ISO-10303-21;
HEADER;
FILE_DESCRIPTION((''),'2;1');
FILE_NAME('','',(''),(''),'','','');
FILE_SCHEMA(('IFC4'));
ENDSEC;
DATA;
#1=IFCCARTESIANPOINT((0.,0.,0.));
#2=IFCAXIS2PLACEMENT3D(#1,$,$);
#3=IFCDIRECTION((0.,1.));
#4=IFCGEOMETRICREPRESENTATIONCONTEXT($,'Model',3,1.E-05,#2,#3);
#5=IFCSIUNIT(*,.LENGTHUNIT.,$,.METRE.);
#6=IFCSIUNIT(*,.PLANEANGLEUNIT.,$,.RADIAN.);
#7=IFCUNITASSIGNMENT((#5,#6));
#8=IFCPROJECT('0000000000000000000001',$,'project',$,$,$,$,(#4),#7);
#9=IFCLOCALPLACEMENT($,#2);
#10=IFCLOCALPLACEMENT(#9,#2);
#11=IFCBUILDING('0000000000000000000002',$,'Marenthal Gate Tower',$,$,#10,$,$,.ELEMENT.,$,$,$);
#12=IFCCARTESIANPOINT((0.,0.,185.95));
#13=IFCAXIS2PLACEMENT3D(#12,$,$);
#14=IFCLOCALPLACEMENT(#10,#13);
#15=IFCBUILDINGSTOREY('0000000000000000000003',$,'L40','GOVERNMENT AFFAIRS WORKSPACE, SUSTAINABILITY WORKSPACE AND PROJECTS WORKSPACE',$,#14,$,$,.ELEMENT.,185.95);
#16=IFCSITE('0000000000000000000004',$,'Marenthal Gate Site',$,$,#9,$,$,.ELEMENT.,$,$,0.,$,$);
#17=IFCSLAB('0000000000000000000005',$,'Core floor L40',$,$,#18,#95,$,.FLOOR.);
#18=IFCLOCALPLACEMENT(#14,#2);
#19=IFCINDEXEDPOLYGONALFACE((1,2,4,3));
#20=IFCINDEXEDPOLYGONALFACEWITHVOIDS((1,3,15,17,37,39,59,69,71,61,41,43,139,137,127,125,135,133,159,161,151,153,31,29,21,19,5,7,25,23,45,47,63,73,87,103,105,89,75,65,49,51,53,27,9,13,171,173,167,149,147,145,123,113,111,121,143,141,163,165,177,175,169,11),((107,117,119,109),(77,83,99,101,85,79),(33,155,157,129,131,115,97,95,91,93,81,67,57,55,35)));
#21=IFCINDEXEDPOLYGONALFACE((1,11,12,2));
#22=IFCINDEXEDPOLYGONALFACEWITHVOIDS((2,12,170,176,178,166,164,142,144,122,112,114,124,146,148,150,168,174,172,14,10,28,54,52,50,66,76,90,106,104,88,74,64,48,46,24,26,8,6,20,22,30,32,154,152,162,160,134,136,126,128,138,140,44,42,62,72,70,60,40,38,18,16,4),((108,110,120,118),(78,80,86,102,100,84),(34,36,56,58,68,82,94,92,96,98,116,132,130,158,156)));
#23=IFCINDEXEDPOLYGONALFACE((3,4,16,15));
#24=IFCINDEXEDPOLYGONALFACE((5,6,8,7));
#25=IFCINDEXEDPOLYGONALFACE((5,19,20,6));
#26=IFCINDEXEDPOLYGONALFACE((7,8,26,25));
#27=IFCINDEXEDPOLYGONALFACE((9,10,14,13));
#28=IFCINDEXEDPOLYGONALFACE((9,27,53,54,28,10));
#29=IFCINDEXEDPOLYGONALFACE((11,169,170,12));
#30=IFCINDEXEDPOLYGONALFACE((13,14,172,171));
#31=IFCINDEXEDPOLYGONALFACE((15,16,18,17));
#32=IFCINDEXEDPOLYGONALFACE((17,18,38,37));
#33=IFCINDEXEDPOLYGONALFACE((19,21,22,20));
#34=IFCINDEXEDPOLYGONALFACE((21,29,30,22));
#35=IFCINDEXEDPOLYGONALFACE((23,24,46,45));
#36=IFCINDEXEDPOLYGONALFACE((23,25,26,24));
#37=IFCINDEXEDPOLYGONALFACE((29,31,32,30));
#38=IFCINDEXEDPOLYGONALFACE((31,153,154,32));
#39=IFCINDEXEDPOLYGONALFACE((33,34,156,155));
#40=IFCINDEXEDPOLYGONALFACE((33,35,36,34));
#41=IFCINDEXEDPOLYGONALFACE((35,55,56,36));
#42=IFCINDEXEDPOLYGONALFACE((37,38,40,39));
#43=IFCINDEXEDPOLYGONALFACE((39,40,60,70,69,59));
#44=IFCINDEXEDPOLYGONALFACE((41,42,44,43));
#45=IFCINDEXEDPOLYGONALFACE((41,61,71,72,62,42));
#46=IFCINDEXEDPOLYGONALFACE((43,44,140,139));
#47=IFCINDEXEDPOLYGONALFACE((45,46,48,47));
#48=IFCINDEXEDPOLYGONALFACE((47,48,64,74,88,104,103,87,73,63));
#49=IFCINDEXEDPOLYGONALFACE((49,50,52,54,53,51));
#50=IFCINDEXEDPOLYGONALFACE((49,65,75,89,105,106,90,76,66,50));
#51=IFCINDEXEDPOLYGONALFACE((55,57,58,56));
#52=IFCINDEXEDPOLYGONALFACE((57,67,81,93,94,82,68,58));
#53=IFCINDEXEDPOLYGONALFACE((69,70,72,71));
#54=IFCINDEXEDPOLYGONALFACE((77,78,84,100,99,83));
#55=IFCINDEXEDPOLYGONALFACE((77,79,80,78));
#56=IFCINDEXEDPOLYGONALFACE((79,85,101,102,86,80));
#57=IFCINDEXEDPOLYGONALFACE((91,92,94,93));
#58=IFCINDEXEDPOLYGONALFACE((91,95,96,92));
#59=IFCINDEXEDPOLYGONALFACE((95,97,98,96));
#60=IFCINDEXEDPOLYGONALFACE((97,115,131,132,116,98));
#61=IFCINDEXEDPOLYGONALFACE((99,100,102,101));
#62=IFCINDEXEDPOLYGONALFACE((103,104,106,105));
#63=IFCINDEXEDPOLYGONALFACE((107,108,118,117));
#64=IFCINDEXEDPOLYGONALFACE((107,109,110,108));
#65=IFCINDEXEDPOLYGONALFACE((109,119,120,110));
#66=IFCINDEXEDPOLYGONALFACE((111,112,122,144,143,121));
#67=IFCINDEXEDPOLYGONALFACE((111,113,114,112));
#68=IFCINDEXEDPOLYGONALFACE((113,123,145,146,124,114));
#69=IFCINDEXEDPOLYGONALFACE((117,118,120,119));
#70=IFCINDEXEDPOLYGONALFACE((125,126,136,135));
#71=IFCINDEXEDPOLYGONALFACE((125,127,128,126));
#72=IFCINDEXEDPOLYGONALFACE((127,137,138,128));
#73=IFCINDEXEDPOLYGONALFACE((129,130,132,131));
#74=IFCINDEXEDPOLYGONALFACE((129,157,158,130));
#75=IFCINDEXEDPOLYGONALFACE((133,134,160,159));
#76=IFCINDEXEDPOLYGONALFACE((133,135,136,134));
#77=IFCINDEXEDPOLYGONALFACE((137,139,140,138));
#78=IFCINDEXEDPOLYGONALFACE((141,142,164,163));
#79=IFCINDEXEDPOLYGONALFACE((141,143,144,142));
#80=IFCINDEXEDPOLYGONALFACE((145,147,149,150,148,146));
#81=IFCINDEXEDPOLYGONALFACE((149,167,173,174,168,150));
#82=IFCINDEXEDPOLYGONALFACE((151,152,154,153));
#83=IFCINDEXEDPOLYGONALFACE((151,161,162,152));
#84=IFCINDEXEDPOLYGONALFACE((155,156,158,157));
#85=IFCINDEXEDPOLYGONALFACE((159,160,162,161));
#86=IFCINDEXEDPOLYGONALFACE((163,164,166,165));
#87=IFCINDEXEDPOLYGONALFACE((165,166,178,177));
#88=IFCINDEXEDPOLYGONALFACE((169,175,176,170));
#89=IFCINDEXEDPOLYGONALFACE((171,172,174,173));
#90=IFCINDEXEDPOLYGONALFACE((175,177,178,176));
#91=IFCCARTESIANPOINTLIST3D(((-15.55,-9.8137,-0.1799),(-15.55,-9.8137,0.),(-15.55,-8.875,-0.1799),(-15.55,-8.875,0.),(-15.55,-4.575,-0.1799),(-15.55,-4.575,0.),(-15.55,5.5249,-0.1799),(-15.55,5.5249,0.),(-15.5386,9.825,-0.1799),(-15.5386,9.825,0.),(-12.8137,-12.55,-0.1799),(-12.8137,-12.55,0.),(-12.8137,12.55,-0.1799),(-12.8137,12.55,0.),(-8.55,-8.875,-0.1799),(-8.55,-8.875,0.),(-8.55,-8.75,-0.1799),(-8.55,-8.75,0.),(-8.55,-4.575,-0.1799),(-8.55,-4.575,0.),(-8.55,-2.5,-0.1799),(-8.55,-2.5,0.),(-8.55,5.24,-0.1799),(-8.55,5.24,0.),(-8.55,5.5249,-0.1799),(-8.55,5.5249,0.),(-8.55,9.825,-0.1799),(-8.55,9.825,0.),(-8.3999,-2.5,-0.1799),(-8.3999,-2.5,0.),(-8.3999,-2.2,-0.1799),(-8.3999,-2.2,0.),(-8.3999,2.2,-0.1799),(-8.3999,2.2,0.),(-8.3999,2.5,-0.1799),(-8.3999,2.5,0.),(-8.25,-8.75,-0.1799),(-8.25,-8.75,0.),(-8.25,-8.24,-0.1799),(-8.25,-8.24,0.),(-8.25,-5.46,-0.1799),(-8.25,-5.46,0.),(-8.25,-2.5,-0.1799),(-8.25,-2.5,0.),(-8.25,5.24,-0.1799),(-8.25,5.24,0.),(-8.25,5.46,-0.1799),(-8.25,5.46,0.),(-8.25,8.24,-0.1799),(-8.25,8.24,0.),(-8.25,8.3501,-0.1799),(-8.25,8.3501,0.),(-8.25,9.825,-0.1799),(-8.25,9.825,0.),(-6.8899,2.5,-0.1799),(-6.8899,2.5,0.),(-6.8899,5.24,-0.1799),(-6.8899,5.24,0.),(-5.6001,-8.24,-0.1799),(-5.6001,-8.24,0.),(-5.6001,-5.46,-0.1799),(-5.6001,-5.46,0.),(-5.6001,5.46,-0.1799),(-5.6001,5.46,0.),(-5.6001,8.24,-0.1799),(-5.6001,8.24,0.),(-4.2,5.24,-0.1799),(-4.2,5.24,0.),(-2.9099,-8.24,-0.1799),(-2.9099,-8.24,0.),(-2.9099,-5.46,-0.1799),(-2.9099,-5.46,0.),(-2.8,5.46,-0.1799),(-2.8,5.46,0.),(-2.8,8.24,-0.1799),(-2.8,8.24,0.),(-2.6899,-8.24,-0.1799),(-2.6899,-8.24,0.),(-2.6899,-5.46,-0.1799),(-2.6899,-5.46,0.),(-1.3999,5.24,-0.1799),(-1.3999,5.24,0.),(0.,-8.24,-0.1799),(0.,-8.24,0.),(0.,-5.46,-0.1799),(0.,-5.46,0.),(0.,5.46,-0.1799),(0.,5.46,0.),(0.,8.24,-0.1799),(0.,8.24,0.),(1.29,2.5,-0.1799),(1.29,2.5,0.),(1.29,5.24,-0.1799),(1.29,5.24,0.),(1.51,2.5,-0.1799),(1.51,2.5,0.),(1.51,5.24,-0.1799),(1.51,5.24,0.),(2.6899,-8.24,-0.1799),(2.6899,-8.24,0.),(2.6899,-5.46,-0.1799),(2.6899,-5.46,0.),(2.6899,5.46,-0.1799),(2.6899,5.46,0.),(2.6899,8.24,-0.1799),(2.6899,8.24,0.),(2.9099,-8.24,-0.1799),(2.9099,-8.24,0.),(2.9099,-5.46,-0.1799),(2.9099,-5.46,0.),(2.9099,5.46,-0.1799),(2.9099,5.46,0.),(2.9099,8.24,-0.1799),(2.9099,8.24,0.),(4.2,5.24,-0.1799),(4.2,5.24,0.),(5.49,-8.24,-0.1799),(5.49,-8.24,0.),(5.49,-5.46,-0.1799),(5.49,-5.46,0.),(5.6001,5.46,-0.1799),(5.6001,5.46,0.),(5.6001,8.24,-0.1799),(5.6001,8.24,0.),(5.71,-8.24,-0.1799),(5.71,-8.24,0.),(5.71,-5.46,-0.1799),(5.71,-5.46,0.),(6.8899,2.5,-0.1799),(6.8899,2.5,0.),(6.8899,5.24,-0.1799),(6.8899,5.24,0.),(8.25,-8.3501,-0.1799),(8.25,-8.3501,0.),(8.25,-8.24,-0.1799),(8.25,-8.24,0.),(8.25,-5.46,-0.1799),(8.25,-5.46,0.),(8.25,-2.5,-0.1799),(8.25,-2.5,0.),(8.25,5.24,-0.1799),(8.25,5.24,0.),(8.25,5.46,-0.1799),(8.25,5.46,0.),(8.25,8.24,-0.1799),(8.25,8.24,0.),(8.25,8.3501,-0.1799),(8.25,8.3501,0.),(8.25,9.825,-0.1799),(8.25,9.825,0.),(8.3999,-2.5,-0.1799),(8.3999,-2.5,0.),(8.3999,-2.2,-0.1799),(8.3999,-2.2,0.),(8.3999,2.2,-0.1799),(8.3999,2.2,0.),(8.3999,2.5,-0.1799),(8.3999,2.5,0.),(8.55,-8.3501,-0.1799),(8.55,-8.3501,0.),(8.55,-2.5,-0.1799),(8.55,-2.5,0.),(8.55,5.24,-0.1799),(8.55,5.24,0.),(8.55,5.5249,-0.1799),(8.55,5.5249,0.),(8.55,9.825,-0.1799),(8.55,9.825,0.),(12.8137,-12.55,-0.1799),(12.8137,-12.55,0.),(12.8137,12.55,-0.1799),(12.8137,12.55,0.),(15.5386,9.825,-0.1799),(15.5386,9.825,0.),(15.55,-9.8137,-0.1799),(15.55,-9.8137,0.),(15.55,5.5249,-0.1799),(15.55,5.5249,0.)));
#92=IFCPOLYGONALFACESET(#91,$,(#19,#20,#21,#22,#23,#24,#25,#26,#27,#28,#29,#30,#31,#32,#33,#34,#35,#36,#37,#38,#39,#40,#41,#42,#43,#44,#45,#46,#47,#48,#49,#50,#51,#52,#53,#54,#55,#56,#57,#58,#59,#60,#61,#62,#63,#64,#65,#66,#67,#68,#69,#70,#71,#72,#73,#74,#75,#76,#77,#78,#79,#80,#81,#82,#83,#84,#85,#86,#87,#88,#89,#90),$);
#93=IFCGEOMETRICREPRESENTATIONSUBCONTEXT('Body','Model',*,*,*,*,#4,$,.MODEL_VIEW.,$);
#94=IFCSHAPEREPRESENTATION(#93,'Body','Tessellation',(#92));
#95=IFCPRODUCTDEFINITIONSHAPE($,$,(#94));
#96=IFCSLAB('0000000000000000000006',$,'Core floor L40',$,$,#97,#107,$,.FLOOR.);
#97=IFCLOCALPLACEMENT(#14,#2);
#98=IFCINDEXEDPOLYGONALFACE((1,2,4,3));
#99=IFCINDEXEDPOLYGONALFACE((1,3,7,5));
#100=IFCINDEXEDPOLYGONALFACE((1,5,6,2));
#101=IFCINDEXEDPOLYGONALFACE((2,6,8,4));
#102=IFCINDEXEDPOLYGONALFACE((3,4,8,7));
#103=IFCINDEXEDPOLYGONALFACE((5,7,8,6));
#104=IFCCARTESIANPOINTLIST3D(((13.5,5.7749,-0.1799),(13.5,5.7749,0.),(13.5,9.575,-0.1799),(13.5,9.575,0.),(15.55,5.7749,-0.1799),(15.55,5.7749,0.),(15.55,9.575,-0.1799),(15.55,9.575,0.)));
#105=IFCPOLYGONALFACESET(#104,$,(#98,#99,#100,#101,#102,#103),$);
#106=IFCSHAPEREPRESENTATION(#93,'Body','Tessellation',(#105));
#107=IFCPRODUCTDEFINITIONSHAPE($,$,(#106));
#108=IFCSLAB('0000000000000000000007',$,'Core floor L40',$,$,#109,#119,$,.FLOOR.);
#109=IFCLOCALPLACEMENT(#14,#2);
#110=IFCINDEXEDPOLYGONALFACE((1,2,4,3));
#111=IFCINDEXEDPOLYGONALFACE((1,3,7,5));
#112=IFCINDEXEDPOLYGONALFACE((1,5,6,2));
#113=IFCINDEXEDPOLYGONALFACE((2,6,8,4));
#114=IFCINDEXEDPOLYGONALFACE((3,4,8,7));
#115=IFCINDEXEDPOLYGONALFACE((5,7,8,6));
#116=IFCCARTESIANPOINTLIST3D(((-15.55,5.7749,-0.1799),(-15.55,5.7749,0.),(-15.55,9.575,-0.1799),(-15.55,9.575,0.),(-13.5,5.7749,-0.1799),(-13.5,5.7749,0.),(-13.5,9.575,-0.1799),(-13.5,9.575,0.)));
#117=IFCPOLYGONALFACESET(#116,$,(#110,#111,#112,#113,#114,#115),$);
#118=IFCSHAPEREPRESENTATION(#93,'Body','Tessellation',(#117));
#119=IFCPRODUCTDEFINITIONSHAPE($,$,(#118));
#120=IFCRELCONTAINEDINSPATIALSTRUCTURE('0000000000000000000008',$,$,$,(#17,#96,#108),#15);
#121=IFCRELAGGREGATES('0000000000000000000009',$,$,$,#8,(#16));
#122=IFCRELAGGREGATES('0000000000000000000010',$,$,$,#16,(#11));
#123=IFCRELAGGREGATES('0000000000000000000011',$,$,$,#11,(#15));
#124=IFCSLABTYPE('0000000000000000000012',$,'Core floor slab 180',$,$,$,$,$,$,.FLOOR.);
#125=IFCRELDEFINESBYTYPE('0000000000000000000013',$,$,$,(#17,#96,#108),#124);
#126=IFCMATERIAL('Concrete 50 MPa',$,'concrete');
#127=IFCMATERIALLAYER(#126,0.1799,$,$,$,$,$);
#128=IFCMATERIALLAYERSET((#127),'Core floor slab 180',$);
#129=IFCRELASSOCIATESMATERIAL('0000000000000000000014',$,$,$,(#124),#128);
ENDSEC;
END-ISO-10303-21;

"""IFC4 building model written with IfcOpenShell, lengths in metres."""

from ifc_helpers import new_model, si_unit, direction, frame, origin, place, context, subcontext, project, spatial, polyline, outline, extrude, material, layer, layer_set, type_object, element, save


model = new_model("IFC4")

# Units and contexts
model_context = context("Model", 3, precision=1e-05, world=origin(), true_north=direction((0.0, 1.0)))
body_context = subcontext(model_context, "Body", "Model", "MODEL_VIEW")
ifc_project = project(units=[si_unit("LENGTHUNIT", "METRE"), si_unit("PLANEANGLEUNIT", "RADIAN")], contexts=[model_context])

# Site, building, storey
site_placement = place(None, origin())
site = spatial("IfcSite", under=ifc_project, at=site_placement, Name="Marenthal Gate Site", CompositionType="ELEMENT", RefElevation=0.0)
building_placement = place(site_placement, origin())
building = spatial("IfcBuilding", under=site, at=building_placement, Name="Marenthal Gate Tower", CompositionType="ELEMENT")
storey_placement = place(building_placement, frame((0.0, 0.0, 185.95)))
storey = spatial("IfcBuildingStorey", under=building, at=storey_placement, Name="L40", Description="GOVERNMENT AFFAIRS WORKSPACE, SUSTAINABILITY WORKSPACE AND PROJECTS WORKSPACE", CompositionType="ELEMENT", Elevation=185.95)

# Slabs
ifc_material_1 = material(Name="Concrete 50 MPa", Category="concrete")
ifc_layer_1 = layer(ifc_material_1, 0.1799)
ifc_layer_set_1 = layer_set([ifc_layer_1], Name="Core floor slab 180")
slab_type_1 = type_object("IfcSlabType", Name="Core floor slab 180", PredefinedType="FLOOR", material=ifc_layer_set_1)
slab_1_placement = place(storey_placement, frame((0.0, 0.0, -0.1799)))
element("IfcSlab", 1, at=slab_1_placement, inside=storey, type_object=slab_type_1, Name="Core floor L40", PredefinedType="FLOOR", context=body_context, shape_type="SweptSolid", body=[
    extrude(outline(polyline([(12.8137, -12.55), (-12.8137, -12.55), (-15.55, -9.8137), (-15.55, -8.875), (-8.55, -8.875), (-8.55, -8.75), (-8.25, -8.75), (-8.25, -8.24), (-5.6001, -8.24), (-2.9099, -8.24), (-2.9099, -5.46), (-5.6001, -5.46), (-8.25, -5.46), (-8.25, -2.5), (8.25, -2.5), (8.25, -5.46), (5.71, -5.46), (5.71, -8.24), (8.25, -8.24), (8.25, -8.3501), (8.55, -8.3501), (8.55, -2.5), (8.3999, -2.5), (8.3999, -2.2), (-8.3999, -2.2), (-8.3999, -2.5), (-8.55, -2.5), (-8.55, -4.575), (-15.55, -4.575), (-15.55, 5.5249), (-8.55, 5.5249), (-8.55, 5.24), (-8.25, 5.24), (-8.25, 5.46), (-5.6001, 5.46), (-2.8, 5.46), (0.0, 5.46), (2.6899, 5.46), (2.6899, 8.24), (0.0, 8.24), (-2.8, 8.24), (-5.6001, 8.24), (-8.25, 8.24), (-8.25, 8.3501), (-8.25, 9.825), (-8.55, 9.825), (-15.5386, 9.825), (-12.8137, 12.55), (12.8137, 12.55), (15.5386, 9.825), (8.55, 9.825), (8.25, 9.825), (8.25, 8.3501), (8.25, 8.24), (5.6001, 8.24), (2.9099, 8.24), (2.9099, 5.46), (5.6001, 5.46), (8.25, 5.46), (8.25, 5.24), (8.55, 5.24), (8.55, 5.5249), (15.55, 5.5249), (15.55, -9.8137), (12.8137, -12.55)]), holes=[polyline([(2.6899, -8.24), (2.6899, -5.46), (0.0, -5.46), (-2.6899, -5.46), (-2.6899, -8.24), (0.0, -8.24), (2.6899, -8.24)]), polyline([(-6.8899, 5.24), (-6.8899, 2.5), (-8.3999, 2.5), (-8.3999, 2.2), (8.3999, 2.2), (8.3999, 2.5), (6.8899, 2.5), (6.8899, 5.24), (4.2, 5.24), (1.51, 5.24), (1.51, 2.5), (1.29, 2.5), (1.29, 5.24), (-1.3999, 5.24), (-4.2, 5.24), (-6.8899, 5.24)]), polyline([(5.49, -5.46), (2.9099, -5.46), (2.9099, -8.24), (5.49, -8.24), (5.49, -5.46)])]), origin(), (0.0, 0.0, 1.0), 0.1799),
])
slab_2_placement = place(storey_placement, frame((0.0, 0.0, -0.1799)))
element("IfcSlab", 2, at=slab_2_placement, inside=storey, type_object=slab_type_1, Name="Core floor L40", PredefinedType="FLOOR", context=body_context, shape_type="SweptSolid", body=[
    extrude(outline(polyline([(15.55, 5.7749), (13.5, 5.7749), (13.5, 9.575), (15.55, 9.575), (15.55, 5.7749)])), origin(), (0.0, 0.0, 1.0), 0.1799),
])
slab_3_placement = place(storey_placement, frame((0.0, 0.0, -0.1799)))
element("IfcSlab", 3, at=slab_3_placement, inside=storey, type_object=slab_type_1, Name="Core floor L40", PredefinedType="FLOOR", context=body_context, shape_type="SweptSolid", body=[
    extrude(outline(polyline([(-15.55, 9.575), (-13.5, 9.575), (-13.5, 5.7749), (-15.55, 5.7749), (-15.55, 9.575)])), origin(), (0.0, 0.0, 1.0), 0.1799),
])

save(model, "model.ifc")
